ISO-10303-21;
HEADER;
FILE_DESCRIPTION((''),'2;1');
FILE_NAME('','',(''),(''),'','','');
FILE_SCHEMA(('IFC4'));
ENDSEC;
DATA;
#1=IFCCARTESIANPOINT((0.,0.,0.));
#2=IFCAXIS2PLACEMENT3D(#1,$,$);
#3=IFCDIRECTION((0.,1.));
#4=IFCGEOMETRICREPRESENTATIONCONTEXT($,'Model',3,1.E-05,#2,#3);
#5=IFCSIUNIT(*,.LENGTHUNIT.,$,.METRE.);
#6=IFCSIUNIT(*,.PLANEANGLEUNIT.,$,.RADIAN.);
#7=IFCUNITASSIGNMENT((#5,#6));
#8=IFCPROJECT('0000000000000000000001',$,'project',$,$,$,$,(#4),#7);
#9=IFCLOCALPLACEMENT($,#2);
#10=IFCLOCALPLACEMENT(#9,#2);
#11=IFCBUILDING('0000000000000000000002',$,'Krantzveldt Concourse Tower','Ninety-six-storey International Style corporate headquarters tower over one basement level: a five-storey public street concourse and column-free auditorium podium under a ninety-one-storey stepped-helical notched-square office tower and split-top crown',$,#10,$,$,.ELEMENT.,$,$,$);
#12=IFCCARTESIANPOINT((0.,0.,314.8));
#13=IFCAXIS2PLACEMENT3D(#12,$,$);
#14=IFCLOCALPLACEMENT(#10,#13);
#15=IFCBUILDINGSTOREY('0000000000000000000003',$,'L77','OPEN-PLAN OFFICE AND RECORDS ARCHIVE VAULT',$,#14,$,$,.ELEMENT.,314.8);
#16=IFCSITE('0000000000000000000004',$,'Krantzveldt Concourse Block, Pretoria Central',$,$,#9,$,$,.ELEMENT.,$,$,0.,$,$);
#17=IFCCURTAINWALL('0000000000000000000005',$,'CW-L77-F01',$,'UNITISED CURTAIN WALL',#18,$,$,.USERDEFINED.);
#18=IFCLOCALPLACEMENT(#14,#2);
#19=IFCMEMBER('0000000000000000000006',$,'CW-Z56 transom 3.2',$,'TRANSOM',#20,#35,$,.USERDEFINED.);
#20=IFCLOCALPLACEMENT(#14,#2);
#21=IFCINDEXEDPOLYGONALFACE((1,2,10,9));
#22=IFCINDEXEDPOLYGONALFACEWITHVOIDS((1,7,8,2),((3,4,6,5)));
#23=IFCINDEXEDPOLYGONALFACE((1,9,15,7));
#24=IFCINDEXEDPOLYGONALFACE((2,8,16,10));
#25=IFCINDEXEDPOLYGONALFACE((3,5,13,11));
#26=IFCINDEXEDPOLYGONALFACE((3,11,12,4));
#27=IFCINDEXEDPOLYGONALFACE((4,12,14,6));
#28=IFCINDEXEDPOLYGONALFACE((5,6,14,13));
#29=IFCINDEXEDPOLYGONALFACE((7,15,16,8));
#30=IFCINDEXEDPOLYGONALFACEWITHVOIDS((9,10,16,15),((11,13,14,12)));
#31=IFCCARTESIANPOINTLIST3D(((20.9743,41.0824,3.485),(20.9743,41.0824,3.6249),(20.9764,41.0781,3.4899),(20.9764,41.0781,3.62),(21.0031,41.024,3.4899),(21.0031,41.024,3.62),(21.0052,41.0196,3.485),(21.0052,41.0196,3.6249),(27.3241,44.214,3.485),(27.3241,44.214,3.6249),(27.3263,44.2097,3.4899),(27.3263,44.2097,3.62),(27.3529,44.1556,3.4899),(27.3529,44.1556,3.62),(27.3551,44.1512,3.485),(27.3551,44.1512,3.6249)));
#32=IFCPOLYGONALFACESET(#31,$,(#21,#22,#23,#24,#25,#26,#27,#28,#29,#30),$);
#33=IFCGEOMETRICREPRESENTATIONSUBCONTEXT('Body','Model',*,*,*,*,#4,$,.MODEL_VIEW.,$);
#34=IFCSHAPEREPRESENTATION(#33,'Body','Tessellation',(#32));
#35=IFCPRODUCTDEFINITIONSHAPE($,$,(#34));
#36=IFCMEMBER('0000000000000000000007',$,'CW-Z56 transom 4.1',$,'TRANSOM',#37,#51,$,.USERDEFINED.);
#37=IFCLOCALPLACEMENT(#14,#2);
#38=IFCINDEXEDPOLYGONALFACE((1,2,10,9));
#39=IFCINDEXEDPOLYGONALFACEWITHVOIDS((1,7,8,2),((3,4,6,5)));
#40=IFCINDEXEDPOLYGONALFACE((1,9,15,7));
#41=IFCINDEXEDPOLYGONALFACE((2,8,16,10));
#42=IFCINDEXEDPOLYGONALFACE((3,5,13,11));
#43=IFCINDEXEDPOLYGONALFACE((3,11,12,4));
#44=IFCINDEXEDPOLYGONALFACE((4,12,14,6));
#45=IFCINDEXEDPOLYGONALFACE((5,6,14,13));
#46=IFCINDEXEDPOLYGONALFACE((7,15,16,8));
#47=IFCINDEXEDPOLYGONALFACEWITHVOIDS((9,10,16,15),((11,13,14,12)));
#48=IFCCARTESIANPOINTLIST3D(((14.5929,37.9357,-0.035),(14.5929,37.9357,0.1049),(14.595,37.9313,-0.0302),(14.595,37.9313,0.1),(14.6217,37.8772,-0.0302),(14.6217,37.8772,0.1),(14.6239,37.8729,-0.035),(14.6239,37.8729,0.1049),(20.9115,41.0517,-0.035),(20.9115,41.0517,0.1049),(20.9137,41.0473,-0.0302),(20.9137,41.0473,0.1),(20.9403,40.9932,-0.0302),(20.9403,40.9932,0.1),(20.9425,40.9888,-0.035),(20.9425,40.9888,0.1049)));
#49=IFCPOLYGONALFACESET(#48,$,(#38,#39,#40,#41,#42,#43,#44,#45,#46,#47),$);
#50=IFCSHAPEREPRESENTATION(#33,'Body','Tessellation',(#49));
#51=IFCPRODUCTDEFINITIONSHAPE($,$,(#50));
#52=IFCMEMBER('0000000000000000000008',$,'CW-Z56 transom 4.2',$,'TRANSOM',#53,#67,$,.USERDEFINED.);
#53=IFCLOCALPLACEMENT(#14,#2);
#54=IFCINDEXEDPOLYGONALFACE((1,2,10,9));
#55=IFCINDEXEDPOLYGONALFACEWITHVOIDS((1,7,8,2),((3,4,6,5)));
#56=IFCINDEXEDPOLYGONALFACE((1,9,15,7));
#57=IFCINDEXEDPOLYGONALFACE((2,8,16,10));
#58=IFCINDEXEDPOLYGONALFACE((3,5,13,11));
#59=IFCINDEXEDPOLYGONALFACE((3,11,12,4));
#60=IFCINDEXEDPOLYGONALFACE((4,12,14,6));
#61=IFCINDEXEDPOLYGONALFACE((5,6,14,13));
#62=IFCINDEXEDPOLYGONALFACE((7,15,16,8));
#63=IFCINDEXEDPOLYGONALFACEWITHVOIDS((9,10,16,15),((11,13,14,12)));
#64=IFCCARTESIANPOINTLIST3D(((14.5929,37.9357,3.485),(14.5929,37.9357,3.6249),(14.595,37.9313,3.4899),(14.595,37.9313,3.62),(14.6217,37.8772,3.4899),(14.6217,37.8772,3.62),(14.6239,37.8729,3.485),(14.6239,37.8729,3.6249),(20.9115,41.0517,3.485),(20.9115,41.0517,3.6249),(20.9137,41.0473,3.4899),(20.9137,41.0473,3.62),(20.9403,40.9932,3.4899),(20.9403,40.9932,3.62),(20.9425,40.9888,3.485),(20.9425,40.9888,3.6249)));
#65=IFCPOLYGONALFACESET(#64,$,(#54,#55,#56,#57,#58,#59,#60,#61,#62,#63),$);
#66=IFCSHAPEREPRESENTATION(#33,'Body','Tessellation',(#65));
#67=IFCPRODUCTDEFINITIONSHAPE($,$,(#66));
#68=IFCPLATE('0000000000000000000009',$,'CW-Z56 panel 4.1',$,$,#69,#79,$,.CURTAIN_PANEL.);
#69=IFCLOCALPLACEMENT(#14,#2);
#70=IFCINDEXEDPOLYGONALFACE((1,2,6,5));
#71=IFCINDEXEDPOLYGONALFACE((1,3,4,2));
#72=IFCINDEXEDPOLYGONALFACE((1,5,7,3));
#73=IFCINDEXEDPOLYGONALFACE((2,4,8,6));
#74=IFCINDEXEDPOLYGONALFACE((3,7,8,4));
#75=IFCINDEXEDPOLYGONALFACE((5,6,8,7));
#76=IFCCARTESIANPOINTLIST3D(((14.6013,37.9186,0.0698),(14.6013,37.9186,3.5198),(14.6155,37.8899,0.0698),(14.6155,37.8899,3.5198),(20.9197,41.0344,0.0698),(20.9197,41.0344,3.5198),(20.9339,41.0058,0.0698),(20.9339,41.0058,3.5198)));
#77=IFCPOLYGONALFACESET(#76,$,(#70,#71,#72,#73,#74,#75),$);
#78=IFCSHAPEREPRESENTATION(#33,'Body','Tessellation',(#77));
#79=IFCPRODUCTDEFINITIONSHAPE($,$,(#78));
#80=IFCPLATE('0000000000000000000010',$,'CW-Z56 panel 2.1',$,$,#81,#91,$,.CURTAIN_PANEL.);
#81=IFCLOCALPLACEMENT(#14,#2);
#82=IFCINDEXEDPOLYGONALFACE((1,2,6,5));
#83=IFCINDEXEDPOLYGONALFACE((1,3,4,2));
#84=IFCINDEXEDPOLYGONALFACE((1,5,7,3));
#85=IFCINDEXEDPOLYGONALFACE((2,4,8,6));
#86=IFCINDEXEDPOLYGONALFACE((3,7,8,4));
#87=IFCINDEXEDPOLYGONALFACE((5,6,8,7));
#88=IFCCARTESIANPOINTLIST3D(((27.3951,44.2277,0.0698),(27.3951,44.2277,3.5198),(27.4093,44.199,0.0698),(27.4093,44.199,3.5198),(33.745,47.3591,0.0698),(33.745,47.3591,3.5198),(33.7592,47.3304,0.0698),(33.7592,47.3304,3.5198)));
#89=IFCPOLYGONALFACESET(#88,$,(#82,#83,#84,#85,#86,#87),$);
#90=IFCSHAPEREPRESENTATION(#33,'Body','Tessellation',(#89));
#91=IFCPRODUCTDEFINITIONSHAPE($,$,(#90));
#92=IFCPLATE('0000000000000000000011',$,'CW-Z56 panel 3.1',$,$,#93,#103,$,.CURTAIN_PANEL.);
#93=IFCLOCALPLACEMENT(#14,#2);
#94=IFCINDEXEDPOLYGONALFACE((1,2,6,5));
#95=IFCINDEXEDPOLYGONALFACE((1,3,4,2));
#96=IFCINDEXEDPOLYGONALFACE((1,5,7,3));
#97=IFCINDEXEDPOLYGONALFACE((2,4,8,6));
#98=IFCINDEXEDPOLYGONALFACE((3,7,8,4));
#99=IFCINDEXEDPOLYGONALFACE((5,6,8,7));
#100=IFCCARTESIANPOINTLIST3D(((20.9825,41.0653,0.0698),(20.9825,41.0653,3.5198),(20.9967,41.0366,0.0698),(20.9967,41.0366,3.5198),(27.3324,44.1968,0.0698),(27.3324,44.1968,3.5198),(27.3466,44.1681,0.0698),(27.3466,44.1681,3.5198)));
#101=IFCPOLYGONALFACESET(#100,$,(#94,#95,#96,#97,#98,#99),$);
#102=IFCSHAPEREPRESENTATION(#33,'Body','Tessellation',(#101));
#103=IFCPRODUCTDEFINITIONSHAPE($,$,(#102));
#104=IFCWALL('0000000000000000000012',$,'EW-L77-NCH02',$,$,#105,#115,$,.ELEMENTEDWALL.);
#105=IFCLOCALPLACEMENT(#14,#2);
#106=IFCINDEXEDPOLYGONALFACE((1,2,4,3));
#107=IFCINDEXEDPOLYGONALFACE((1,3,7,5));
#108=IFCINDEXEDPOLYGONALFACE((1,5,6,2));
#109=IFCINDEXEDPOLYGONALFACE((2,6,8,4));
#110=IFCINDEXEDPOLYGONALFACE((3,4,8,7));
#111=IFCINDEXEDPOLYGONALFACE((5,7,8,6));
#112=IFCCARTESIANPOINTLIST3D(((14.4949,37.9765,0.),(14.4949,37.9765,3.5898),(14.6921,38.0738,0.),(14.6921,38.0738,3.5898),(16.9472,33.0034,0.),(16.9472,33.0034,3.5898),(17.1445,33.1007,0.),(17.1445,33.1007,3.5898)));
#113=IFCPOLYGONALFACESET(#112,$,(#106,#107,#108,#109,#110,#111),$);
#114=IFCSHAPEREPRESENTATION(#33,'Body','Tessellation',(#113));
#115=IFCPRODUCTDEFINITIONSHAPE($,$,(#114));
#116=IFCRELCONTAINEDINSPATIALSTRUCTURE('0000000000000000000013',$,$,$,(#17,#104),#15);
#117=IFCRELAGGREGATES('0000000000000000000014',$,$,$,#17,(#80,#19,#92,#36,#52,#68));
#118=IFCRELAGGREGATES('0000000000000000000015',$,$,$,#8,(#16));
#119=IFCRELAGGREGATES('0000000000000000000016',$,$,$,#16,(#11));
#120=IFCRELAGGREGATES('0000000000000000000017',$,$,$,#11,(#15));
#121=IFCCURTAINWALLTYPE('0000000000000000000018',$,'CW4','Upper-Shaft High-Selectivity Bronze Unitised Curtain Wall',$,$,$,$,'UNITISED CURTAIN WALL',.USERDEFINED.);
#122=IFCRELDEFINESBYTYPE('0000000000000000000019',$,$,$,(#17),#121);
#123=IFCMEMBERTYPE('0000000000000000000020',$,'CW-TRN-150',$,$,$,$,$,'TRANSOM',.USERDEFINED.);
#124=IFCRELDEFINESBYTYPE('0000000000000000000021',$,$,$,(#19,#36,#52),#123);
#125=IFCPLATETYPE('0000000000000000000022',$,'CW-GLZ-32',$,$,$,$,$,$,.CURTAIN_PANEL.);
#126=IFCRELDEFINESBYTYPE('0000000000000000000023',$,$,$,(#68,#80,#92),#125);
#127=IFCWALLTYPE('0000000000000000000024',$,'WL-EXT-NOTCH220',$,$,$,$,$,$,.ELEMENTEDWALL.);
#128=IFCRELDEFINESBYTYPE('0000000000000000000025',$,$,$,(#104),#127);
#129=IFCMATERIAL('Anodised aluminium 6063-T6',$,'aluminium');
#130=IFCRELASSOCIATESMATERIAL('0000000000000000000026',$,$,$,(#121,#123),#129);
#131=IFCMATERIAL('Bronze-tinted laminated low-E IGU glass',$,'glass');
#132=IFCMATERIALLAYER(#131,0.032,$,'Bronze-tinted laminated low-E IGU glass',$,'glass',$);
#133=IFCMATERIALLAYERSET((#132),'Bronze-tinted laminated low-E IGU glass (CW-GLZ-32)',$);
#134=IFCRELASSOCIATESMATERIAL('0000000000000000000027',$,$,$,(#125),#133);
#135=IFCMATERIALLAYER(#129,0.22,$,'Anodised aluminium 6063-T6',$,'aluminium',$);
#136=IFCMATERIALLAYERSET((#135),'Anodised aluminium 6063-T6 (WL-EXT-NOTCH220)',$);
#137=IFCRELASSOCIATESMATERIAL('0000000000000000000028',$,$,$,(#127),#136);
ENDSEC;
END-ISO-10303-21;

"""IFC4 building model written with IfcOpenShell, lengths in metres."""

from ifc_helpers import new_model, si_unit, direction, frame, frame_2d, origin, origin_2d, place, context, subcontext, project, spatial, rectangle, hollow_rectangle, extrude, source, transform, mapped, material, layer, layer_set, material_profile, profile_set, type_object, type_shapes, element, aggregate, save


model = new_model("IFC4")

# Units and contexts
model_context = context("Model", 3, precision=1e-05, world=origin(), true_north=direction((0.0, 1.0)))
body_context = subcontext(model_context, "Body", "Model", "MODEL_VIEW")
ifc_project = project(units=[si_unit("LENGTHUNIT", "METRE"), si_unit("PLANEANGLEUNIT", "RADIAN")], contexts=[model_context])

# Site, building, storey
site_placement = place(None, origin())
site = spatial("IfcSite", under=ifc_project, at=site_placement, Name="Krantzveldt Concourse Block, Pretoria Central", CompositionType="ELEMENT", RefElevation=0.0)
building_placement = place(site_placement, origin())
building = spatial("IfcBuilding", under=site, at=building_placement, Name="Krantzveldt Concourse Tower", Description="Ninety-six-storey International Style corporate headquarters tower over one basement level: a five-storey public street concourse and column-free auditorium podium under a ninety-one-storey stepped-helical notched-square office tower and split-top crown", CompositionType="ELEMENT")
storey_placement = place(building_placement, frame((0.0, 0.0, 314.8)))
storey = spatial("IfcBuildingStorey", under=building, at=storey_placement, Name="L77", Description="OPEN-PLAN OFFICE AND RECORDS ARCHIVE VAULT", CompositionType="ELEMENT", Elevation=314.8)

# Curtain wall, members, plates
ifc_material_1 = material(Name="Anodised aluminium 6063-T6", Category="aluminium")
curtain_wall_type = type_object("IfcCurtainWallType", Name="CW4", Description="Upper-Shaft High-Selectivity Bronze Unitised Curtain Wall", ElementType="UNITISED CURTAIN WALL", PredefinedType="USERDEFINED", material=ifc_material_1)
curtain_wall_placement = place(storey_placement, origin())
curtain_wall = element("IfcCurtainWall", 1, at=curtain_wall_placement, inside=storey, type_object=curtain_wall_type, Name="CW-L77-F01", ObjectType="UNITISED CURTAIN WALL", PredefinedType="USERDEFINED")
ifc_material_profile_1 = material_profile(ifc_material_1, hollow_rectangle(XDim=0.0701, YDim=0.1399, WallThickness=0.0049, at=origin_2d()), Name="Anodised aluminium 6063-T6", Category="aluminium")
ifc_profile_set_1 = profile_set([ifc_material_profile_1], Name="Anodised aluminium 6063-T6 - ALU-TRAN 140x70x5")
member_type_1 = type_object("IfcMemberType", Name="CW-TRN-150", ElementType="TRANSOM", PredefinedType="USERDEFINED", material=ifc_profile_set_1)
shared_shape_1 = source(origin(), body_context, "Body", "SweptSolid", [
    extrude(hollow_rectangle(XDim=0.0701, YDim=0.1399, WallThickness=0.0049, at=origin_2d()), origin(), (0.0, 0.0, 1.0), 7.0801),
])
member_1_placement = place(storey_placement, frame((27.3396, 44.1826, 3.5549), z_axis=(-0.896862, -0.44231, 0.0), x_axis=(0.44231, -0.896862, 0.0)))
member_1 = element("IfcMember", 2, at=member_1_placement, type_object=member_type_1, Name="CW-Z56 transom 3.2", ObjectType="TRANSOM", PredefinedType="USERDEFINED", context=body_context, shape_type="MappedRepresentation", body=[
    mapped(shared_shape_1, transform((0.0, 0.0, 0.0), x_axis=(1.0, 0.0, 0.0), y_axis=(0.0, 1.0, 0.0), z_axis=(0.0, 0.0, 1.0), scale=1.0)),
])
shared_shape_2 = source(origin(), body_context, "Body", "SweptSolid", [
    extrude(hollow_rectangle(XDim=0.0701, YDim=0.1399, WallThickness=0.0049, at=origin_2d()), origin(), (0.0, 0.0, 1.0), 7.0452),
])
type_shapes(member_type_1, [shared_shape_1, shared_shape_2])
member_2_placement = place(storey_placement, frame((20.927, 41.0203, 0.0349), z_axis=(-0.896874, -0.442286, 0.0), x_axis=(0.442286, -0.896874, 0.0)))
member_2 = element("IfcMember", 3, at=member_2_placement, type_object=member_type_1, Name="CW-Z56 transom 4.1", ObjectType="TRANSOM", PredefinedType="USERDEFINED", context=body_context, shape_type="MappedRepresentation", body=[
    mapped(shared_shape_2, transform((0.0, 0.0, 0.0), x_axis=(1.0, 0.0, 0.0), y_axis=(0.0, 1.0, 0.0), z_axis=(0.0, 0.0, 1.0), scale=1.0)),
])
member_3_placement = place(storey_placement, frame((20.927, 41.0203, 3.5549), z_axis=(-0.896874, -0.442286, 0.0), x_axis=(0.442286, -0.896874, 0.0)))
member_3 = element("IfcMember", 4, at=member_3_placement, type_object=member_type_1, Name="CW-Z56 transom 4.2", ObjectType="TRANSOM", PredefinedType="USERDEFINED", context=body_context, shape_type="MappedRepresentation", body=[
    mapped(shared_shape_2, transform((0.0, 0.0, 0.0), x_axis=(1.0, 0.0, 0.0), y_axis=(0.0, 1.0, 0.0), z_axis=(0.0, 0.0, 1.0), scale=1.0)),
])
ifc_material_2 = material(Name="Bronze-tinted laminated low-E IGU glass", Category="glass")
ifc_layer_1 = layer(ifc_material_2, 0.032, Name="Bronze-tinted laminated low-E IGU glass", Category="glass")
ifc_layer_set_1 = layer_set([ifc_layer_1], Name="Bronze-tinted laminated low-E IGU glass (CW-GLZ-32)")
plate_type = type_object("IfcPlateType", Name="CW-GLZ-32", PredefinedType="CURTAIN_PANEL", material=ifc_layer_set_1)
shared_shape_3 = source(origin(), body_context, "Body", "SweptSolid", [
    extrude(rectangle(XDim=7.0449, YDim=0.032, at=origin_2d()), origin(), (0.0, 0.0, 1.0), 3.45),
])
plate_1_placement = place(storey_placement, frame((17.7676, 39.4622, 0.0698), z_axis=(0.0, 0.0, 1.0), x_axis=(-0.896873, -0.442289, 0.0)))
plate_1 = element("IfcPlate", 5, at=plate_1_placement, type_object=plate_type, Name="CW-Z56 panel 4.1", PredefinedType="CURTAIN_PANEL", context=body_context, shape_type="MappedRepresentation", body=[
    mapped(shared_shape_3, transform((0.0, 0.0, 0.0), x_axis=(1.0, 0.0, 0.0), y_axis=(0.0, 1.0, 0.0), z_axis=(0.0, 0.0, 1.0), scale=1.0)),
])
shared_shape_4 = source(origin(), body_context, "Body", "SweptSolid", [
    extrude(rectangle(XDim=7.0801, YDim=0.032, at=origin_2d()), origin(), (0.0, 0.0, 1.0), 3.45),
])
type_shapes(plate_type, [shared_shape_3, shared_shape_4])
plate_2_placement = place(storey_placement, frame((30.5771, 45.7791, 0.0698), z_axis=(0.0, 0.0, 1.0), x_axis=(-0.896873, -0.442289, 0.0)))
plate_2 = element("IfcPlate", 6, at=plate_2_placement, type_object=plate_type, Name="CW-Z56 panel 2.1", PredefinedType="CURTAIN_PANEL", context=body_context, shape_type="MappedRepresentation", body=[
    mapped(shared_shape_4, transform((0.0, 0.0, 0.0), x_axis=(1.0, 0.0, 0.0), y_axis=(0.0, 1.0, 0.0), z_axis=(0.0, 0.0, 1.0), scale=1.0)),
])
plate_3_placement = place(storey_placement, frame((24.1646, 42.6167, 0.0698), z_axis=(0.0, 0.0, 1.0), x_axis=(-0.896873, -0.442289, 0.0)))
plate_3 = element("IfcPlate", 7, at=plate_3_placement, type_object=plate_type, Name="CW-Z56 panel 3.1", PredefinedType="CURTAIN_PANEL", context=body_context, shape_type="MappedRepresentation", body=[
    mapped(shared_shape_4, transform((0.0, 0.0, 0.0), x_axis=(1.0, 0.0, 0.0), y_axis=(0.0, 1.0, 0.0), z_axis=(0.0, 0.0, 1.0), scale=1.0)),
])
aggregate(curtain_wall, [plate_2, member_1, plate_3, member_2, member_3, plate_1])

# Wall
ifc_layer_2 = layer(ifc_material_1, 0.22, Name="Anodised aluminium 6063-T6", Category="aluminium")
ifc_layer_set_2 = layer_set([ifc_layer_2], Name="Anodised aluminium 6063-T6 (WL-EXT-NOTCH220)")
wall_type = type_object("IfcWallType", Name="WL-EXT-NOTCH220", PredefinedType="ELEMENTEDWALL", material=ifc_layer_set_2)
wall_placement = place(storey_placement, frame((14.5935, 38.0251, 0.0), z_axis=(0.0, 0.0, 1.0), x_axis=(0.442276, -0.896879, 0.0)))
element("IfcWall", 8, at=wall_placement, inside=storey, type_object=wall_type, Name="EW-L77-NCH02", PredefinedType="ELEMENTEDWALL", context=body_context, shape_type="SweptSolid", body=[
    extrude(rectangle(XDim=5.5449, YDim=0.22, at=frame_2d((2.7725, 0.0))), origin(), (0.0, 0.0, 1.0), 3.5898),
])

save(model, "model.ifc")
